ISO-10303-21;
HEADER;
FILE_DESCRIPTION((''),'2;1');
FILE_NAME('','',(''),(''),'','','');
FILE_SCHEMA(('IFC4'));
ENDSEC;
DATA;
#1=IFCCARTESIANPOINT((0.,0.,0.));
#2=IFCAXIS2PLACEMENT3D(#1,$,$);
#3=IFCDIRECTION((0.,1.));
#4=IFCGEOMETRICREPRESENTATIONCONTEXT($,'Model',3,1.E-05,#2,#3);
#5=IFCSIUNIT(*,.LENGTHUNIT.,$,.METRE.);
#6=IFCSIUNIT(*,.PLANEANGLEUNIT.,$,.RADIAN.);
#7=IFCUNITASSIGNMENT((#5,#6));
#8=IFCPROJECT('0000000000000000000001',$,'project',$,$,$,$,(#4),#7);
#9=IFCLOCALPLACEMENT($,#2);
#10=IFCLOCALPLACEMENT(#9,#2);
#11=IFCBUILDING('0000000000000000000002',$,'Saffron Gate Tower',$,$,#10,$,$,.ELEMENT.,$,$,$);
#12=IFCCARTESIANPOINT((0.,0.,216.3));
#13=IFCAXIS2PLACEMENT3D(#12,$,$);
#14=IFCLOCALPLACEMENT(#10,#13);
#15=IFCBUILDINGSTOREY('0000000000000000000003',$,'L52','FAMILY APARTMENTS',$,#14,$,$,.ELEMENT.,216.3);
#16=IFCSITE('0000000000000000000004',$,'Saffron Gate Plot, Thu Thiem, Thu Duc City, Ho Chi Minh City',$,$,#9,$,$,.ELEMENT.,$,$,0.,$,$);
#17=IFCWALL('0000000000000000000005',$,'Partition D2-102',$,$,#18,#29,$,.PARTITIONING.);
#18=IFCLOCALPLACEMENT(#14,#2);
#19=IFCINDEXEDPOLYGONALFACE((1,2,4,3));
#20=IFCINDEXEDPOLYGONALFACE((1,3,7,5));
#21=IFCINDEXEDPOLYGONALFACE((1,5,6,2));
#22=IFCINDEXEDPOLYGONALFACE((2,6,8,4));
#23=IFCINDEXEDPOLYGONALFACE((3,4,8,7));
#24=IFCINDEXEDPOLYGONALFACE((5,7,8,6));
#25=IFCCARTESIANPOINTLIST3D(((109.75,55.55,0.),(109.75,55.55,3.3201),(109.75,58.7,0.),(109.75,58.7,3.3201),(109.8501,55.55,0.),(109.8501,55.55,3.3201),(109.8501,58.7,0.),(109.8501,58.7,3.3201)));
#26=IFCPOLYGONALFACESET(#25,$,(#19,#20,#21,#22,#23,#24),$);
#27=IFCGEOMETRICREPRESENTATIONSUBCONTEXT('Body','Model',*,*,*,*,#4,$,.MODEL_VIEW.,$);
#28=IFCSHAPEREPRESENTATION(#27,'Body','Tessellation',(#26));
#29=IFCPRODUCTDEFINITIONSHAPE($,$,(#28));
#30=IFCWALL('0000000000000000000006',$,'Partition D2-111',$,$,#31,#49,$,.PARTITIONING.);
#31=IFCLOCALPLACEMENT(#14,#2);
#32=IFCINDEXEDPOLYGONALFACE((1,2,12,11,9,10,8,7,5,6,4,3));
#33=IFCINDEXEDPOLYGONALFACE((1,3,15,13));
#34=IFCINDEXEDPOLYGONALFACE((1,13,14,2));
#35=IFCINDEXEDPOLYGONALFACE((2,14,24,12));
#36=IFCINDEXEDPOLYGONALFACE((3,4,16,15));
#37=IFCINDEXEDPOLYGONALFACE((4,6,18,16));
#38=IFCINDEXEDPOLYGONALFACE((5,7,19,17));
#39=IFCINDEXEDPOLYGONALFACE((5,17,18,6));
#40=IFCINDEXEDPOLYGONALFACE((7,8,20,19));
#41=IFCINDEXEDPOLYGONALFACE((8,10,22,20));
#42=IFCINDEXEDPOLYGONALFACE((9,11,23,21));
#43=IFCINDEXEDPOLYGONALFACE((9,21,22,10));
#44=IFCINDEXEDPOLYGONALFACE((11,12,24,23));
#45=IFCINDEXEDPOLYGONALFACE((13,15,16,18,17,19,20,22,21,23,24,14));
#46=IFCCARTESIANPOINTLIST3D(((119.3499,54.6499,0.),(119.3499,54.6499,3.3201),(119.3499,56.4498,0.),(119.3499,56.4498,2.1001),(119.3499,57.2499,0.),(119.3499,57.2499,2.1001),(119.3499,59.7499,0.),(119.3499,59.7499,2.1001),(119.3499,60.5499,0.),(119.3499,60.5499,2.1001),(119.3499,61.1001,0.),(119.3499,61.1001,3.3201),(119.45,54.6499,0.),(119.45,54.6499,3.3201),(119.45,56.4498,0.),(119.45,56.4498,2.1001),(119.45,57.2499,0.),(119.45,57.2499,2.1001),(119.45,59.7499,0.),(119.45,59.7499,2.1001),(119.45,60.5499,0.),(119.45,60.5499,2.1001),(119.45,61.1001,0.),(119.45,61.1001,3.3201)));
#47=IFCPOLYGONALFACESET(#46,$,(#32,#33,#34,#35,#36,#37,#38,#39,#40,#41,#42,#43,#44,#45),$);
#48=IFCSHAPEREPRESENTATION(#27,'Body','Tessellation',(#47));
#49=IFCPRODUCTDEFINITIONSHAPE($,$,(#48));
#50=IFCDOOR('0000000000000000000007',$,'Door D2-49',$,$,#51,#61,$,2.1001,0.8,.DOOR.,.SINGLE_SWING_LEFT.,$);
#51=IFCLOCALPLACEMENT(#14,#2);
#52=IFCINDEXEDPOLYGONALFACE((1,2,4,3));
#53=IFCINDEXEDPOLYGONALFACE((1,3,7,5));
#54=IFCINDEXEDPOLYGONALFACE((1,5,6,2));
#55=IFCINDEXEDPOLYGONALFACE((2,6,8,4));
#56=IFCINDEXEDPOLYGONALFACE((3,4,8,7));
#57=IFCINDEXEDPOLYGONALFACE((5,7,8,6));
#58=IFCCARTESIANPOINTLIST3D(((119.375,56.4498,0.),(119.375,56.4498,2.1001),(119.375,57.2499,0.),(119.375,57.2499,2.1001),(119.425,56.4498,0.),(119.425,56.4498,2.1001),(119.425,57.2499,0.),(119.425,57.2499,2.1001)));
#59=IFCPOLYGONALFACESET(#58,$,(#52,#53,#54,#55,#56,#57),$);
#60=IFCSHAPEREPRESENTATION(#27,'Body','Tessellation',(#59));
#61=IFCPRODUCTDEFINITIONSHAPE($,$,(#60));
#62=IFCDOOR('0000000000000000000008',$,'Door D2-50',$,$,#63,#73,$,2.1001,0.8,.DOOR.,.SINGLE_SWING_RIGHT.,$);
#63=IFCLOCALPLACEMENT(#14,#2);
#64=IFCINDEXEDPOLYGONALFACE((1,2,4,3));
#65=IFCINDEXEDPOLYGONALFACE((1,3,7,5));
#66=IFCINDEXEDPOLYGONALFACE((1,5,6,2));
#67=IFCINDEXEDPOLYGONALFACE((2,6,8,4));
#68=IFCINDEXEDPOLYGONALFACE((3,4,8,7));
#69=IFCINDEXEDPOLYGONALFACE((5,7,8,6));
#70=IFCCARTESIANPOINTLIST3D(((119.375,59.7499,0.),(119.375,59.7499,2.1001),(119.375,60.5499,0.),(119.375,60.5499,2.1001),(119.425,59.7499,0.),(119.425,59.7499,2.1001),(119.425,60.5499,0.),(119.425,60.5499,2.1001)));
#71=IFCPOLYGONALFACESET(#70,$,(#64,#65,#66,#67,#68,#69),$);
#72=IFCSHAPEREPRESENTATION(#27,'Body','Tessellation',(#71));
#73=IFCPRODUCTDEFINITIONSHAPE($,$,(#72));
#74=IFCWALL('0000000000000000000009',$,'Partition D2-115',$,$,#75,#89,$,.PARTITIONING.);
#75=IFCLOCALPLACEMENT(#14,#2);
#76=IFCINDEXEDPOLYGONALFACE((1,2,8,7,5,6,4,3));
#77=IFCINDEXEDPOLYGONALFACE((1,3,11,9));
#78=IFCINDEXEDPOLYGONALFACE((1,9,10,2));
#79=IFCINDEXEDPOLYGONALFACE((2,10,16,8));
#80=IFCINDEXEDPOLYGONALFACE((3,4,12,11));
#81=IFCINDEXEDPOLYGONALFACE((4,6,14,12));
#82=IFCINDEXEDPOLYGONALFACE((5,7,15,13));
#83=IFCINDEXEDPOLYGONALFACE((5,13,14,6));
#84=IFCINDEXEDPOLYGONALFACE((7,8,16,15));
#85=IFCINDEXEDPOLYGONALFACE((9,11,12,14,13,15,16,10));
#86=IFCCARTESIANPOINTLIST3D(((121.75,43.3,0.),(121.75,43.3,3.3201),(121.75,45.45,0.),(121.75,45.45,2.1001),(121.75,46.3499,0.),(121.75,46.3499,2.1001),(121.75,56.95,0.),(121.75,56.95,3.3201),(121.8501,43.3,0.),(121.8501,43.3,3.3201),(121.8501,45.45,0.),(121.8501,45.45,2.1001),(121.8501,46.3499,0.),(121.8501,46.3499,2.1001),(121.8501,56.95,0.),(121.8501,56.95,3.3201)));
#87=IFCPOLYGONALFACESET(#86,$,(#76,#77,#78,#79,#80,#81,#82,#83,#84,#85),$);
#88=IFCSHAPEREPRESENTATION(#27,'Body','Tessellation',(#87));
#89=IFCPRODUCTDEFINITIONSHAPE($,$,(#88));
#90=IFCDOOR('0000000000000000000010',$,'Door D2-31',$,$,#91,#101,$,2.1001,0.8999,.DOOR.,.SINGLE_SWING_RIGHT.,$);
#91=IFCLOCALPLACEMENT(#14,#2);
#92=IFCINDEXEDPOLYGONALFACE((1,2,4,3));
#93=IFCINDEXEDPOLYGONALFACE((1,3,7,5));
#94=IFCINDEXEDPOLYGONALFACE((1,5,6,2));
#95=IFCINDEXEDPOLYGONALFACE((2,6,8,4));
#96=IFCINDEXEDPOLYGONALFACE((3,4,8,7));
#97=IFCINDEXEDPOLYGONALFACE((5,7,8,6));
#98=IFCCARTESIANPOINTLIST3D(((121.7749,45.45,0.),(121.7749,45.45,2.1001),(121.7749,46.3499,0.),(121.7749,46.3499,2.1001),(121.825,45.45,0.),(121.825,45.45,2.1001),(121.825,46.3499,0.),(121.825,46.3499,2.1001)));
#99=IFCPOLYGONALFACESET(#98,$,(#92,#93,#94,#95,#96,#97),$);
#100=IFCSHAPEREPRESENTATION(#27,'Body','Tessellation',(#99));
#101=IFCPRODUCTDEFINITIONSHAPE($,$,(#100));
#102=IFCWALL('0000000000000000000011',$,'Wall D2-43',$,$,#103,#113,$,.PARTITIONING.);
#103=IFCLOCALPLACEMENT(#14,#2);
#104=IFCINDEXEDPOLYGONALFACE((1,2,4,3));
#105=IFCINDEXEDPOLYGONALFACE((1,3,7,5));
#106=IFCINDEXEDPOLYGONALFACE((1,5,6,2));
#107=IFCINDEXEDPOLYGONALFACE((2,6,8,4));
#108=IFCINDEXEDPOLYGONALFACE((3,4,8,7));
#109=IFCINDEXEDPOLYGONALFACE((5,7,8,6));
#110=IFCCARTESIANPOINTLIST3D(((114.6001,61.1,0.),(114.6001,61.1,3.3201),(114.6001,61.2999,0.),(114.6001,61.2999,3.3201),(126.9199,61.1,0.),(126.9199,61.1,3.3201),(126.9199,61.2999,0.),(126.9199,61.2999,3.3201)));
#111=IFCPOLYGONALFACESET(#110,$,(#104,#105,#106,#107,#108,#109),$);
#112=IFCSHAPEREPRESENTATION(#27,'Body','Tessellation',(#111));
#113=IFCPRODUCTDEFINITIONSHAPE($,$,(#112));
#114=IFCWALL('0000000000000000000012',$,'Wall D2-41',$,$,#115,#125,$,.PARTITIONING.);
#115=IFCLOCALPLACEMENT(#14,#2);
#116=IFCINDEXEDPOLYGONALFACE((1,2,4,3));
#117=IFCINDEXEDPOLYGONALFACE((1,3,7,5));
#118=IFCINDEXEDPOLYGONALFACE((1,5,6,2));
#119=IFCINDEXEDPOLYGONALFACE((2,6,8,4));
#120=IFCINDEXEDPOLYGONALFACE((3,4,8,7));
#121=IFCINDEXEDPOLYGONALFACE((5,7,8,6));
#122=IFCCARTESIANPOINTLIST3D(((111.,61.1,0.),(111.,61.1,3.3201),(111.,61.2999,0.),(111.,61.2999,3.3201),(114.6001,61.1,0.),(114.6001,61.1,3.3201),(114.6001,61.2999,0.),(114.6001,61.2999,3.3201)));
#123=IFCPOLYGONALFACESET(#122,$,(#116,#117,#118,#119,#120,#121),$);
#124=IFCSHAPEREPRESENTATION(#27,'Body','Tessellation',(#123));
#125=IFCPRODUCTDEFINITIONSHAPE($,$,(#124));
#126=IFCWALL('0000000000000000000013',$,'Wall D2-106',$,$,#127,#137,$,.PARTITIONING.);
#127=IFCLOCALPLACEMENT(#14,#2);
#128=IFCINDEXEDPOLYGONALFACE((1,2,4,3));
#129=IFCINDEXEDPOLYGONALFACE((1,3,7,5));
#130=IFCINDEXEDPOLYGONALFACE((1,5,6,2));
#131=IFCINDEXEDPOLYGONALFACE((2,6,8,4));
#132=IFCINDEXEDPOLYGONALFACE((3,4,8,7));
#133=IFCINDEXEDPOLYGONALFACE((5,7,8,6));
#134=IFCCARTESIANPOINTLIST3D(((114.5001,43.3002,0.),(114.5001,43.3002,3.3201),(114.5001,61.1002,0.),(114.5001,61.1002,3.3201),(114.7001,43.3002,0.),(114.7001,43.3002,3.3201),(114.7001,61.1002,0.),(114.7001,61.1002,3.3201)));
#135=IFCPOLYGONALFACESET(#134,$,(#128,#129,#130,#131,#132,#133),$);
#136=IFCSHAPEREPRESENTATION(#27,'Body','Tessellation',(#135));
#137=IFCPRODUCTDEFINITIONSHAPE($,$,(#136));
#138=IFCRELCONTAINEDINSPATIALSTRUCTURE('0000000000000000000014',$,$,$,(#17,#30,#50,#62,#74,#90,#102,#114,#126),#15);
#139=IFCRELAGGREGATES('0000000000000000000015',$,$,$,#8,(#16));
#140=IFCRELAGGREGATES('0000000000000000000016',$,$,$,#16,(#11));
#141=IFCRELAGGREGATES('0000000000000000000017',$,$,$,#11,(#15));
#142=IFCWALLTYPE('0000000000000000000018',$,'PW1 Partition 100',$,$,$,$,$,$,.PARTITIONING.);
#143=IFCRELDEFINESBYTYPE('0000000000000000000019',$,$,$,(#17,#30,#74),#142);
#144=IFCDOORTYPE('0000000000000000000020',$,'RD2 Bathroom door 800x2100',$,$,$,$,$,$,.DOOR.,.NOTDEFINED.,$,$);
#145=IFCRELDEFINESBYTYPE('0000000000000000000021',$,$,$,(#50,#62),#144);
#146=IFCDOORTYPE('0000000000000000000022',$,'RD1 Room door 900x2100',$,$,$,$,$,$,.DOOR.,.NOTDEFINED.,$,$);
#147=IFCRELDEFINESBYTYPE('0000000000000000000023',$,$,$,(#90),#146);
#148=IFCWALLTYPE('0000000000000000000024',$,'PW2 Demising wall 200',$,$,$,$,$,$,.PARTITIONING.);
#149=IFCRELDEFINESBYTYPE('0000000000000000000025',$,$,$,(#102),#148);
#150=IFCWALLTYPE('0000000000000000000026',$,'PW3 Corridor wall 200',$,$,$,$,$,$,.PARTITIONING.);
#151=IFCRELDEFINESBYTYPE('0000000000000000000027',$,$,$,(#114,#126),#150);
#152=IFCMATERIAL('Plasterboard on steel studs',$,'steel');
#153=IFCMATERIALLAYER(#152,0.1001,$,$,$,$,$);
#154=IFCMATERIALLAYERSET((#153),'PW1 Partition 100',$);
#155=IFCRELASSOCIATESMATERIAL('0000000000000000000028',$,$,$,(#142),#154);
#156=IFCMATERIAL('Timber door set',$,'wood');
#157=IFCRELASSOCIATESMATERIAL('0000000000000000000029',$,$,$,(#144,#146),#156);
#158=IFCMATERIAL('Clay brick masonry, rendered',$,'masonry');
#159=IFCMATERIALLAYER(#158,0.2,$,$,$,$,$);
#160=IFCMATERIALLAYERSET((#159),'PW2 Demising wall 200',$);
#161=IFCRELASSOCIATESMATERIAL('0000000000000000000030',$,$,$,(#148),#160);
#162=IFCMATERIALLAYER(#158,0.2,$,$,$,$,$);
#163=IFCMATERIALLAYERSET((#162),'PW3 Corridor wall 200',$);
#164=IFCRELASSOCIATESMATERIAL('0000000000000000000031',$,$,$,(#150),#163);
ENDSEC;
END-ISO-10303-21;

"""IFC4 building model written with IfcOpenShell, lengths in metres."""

from ifc_helpers import new_model, si_unit, direction, frame, frame_2d, origin, place, context, subcontext, project, spatial, rectangle, extrude, material, layer, layer_set, type_object, element, fill, save


model = new_model("IFC4")

# Units and contexts
model_context = context("Model", 3, precision=1e-05, world=origin(), true_north=direction((0.0, 1.0)))
body_context = subcontext(model_context, "Body", "Model", "MODEL_VIEW")
ifc_project = project(units=[si_unit("LENGTHUNIT", "METRE"), si_unit("PLANEANGLEUNIT", "RADIAN")], contexts=[model_context])

# Site, building, storey
site_placement = place(None, origin())
site = spatial("IfcSite", under=ifc_project, at=site_placement, Name="Saffron Gate Plot, Thu Thiem, Thu Duc City, Ho Chi Minh City", CompositionType="ELEMENT", RefElevation=0.0)
building_placement = place(site_placement, origin())
building = spatial("IfcBuilding", under=site, at=building_placement, Name="Saffron Gate Tower", CompositionType="ELEMENT")
storey_placement = place(building_placement, frame((0.0, 0.0, 216.3)))
storey = spatial("IfcBuildingStorey", under=building, at=storey_placement, Name="L52", Description="FAMILY APARTMENTS", CompositionType="ELEMENT", Elevation=216.3)

# Shared definitions
ifc_material_1 = material(Name="Plasterboard on steel studs", Category="steel")
ifc_layer_1 = layer(ifc_material_1, 0.1001)
ifc_layer_set_1 = layer_set([ifc_layer_1], Name="PW1 Partition 100")
wall_type_1 = type_object("IfcWallType", Name="PW1 Partition 100", PredefinedType="PARTITIONING", material=ifc_layer_set_1)
ifc_material_2 = material(Name="Timber door set", Category="wood")
door_type_1 = type_object("IfcDoorType", Name="RD2 Bathroom door 800x2100", OperationType="NOTDEFINED", PredefinedType="DOOR", material=ifc_material_2)
door_type_2 = type_object("IfcDoorType", Name="RD1 Room door 900x2100", OperationType="NOTDEFINED", PredefinedType="DOOR", material=ifc_material_2)

# Wall
wall_1_placement = place(storey_placement, frame((109.8, 58.7, 0.0), z_axis=(0.0, 0.0, 1.0), x_axis=(0.0, -1.0, 0.0)))
element("IfcWall", 1, at=wall_1_placement, inside=storey, type_object=wall_type_1, Name="Partition D2-102", PredefinedType="PARTITIONING", context=body_context, shape_type="SweptSolid", body=[
    extrude(rectangle(XDim=3.1499, YDim=0.1001, at=frame_2d((1.575, 0.0))), origin(), (0.0, 0.0, 1.0), 3.3201),
])

# Wall, openings, doors
wall_2_placement = place(storey_placement, frame((119.3999, 54.6499, 0.0), z_axis=(0.0, 0.0, 1.0), x_axis=(0.0, 1.0, 0.0)))
wall_2 = element("IfcWall", 2, at=wall_2_placement, inside=storey, type_object=wall_type_1, Name="Partition D2-111", PredefinedType="PARTITIONING", context=body_context, shape_type="SweptSolid", body=[
    extrude(rectangle(XDim=6.4502, YDim=0.1001, at=frame_2d((3.2251, 0.0))), origin(), (0.0, 0.0, 1.0), 3.3201),
])
opening_1_placement = place(wall_2_placement, frame((1.8, 0.0, 0.0)))
opening_1 = element("IfcOpeningElement", 3, at=opening_1_placement, cuts=wall_2, PredefinedType="OPENING", context=body_context, shape_type="SweptSolid", body=[
    extrude(rectangle(XDim=0.8, YDim=2.1001, at=frame_2d((0.3999, 1.05))), frame((0.0, 0.0601, 0.0), z_axis=(0.0, -1.0, 0.0), x_axis=(1.0, 0.0, 0.0)), (0.0, 0.0, 1.0), 0.1201),
])
opening_2_placement = place(wall_2_placement, frame((5.1001, 0.0, 0.0)))
opening_2 = element("IfcOpeningElement", 4, at=opening_2_placement, cuts=wall_2, PredefinedType="OPENING", context=body_context, shape_type="SweptSolid", body=[
    extrude(rectangle(XDim=0.8, YDim=2.1001, at=frame_2d((0.3999, 1.05))), frame((0.0, 0.0601, 0.0), z_axis=(0.0, -1.0, 0.0), x_axis=(1.0, 0.0, 0.0)), (0.0, 0.0, 1.0), 0.1201),
])
door_1_placement = place(opening_1_placement, origin())
door_1 = element("IfcDoor", 5, at=door_1_placement, inside=storey, type_object=door_type_1, Name="Door D2-49", OperationType="SINGLE_SWING_LEFT", OverallHeight=2.1001, OverallWidth=0.8, PredefinedType="DOOR", context=body_context, shape_type="SweptSolid", body=[
    extrude(rectangle(XDim=0.8, YDim=2.1001, at=frame_2d((0.3999, 1.05))), frame((0.0, 0.0249, 0.0), z_axis=(0.0, -1.0, 0.0), x_axis=(1.0, 0.0, 0.0)), (0.0, 0.0, 1.0), 0.05),
])
fill(opening_1, door_1)
door_2_placement = place(opening_2_placement, origin())
door_2 = element("IfcDoor", 6, at=door_2_placement, inside=storey, type_object=door_type_1, Name="Door D2-50", OperationType="SINGLE_SWING_RIGHT", OverallHeight=2.1001, OverallWidth=0.8, PredefinedType="DOOR", context=body_context, shape_type="SweptSolid", body=[
    extrude(rectangle(XDim=0.8, YDim=2.1001, at=frame_2d((0.3999, 1.05))), frame((0.0, 0.0249, 0.0), z_axis=(0.0, -1.0, 0.0), x_axis=(1.0, 0.0, 0.0)), (0.0, 0.0, 1.0), 0.05),
])
fill(opening_2, door_2)

# Wall, opening, door
wall_3_placement = place(storey_placement, frame((121.8, 56.95, 0.0), z_axis=(0.0, 0.0, 1.0), x_axis=(0.0, -1.0, 0.0)))
wall_3 = element("IfcWall", 7, at=wall_3_placement, inside=storey, type_object=wall_type_1, Name="Partition D2-115", PredefinedType="PARTITIONING", context=body_context, shape_type="SweptSolid", body=[
    extrude(rectangle(XDim=13.6499, YDim=0.1001, at=frame_2d((6.825, 0.0))), origin(), (0.0, 0.0, 1.0), 3.3201),
])
opening_3_placement = place(wall_3_placement, frame((10.6001, 0.0, 0.0)))
opening_3 = element("IfcOpeningElement", 8, at=opening_3_placement, cuts=wall_3, PredefinedType="OPENING", context=body_context, shape_type="SweptSolid", body=[
    extrude(rectangle(XDim=0.8999, YDim=2.1001, at=frame_2d((0.45, 1.05))), frame((0.0, 0.0601, 0.0), z_axis=(0.0, -1.0, 0.0), x_axis=(1.0, 0.0, 0.0)), (0.0, 0.0, 1.0), 0.1201),
])
door_3_placement = place(opening_3_placement, origin())
door_3 = element("IfcDoor", 9, at=door_3_placement, inside=storey, type_object=door_type_2, Name="Door D2-31", OperationType="SINGLE_SWING_RIGHT", OverallHeight=2.1001, OverallWidth=0.8999, PredefinedType="DOOR", context=body_context, shape_type="SweptSolid", body=[
    extrude(rectangle(XDim=0.8999, YDim=2.1001, at=frame_2d((0.45, 1.05))), frame((0.0, 0.0249, 0.0), z_axis=(0.0, -1.0, 0.0), x_axis=(1.0, 0.0, 0.0)), (0.0, 0.0, 1.0), 0.05),
])
fill(opening_3, door_3)

# Walls
ifc_material_3 = material(Name="Clay brick masonry, rendered", Category="masonry")
ifc_layer_2 = layer(ifc_material_3, 0.2)
ifc_layer_set_2 = layer_set([ifc_layer_2], Name="PW2 Demising wall 200")
wall_type_2 = type_object("IfcWallType", Name="PW2 Demising wall 200", PredefinedType="PARTITIONING", material=ifc_layer_set_2)
wall_4_placement = place(storey_placement, frame((114.6001, 61.2, 0.0), z_axis=(0.0, 0.0, 1.0), x_axis=(1.0, 0.0, 0.0)))
element("IfcWall", 10, at=wall_4_placement, inside=storey, type_object=wall_type_2, Name="Wall D2-43", PredefinedType="PARTITIONING", context=body_context, shape_type="SweptSolid", body=[
    extrude(rectangle(XDim=12.3198, YDim=0.2, at=frame_2d((6.1599, 0.0))), origin(), (0.0, 0.0, 1.0), 3.3201),
])
ifc_layer_3 = layer(ifc_material_3, 0.2)
ifc_layer_set_3 = layer_set([ifc_layer_3], Name="PW3 Corridor wall 200")
wall_type_3 = type_object("IfcWallType", Name="PW3 Corridor wall 200", PredefinedType="PARTITIONING", material=ifc_layer_set_3)
wall_5_placement = place(storey_placement, frame((111.0, 61.2, 0.0), z_axis=(0.0, 0.0, 1.0), x_axis=(1.0, 0.0, 0.0)))
element("IfcWall", 11, at=wall_5_placement, inside=storey, type_object=wall_type_3, Name="Wall D2-41", PredefinedType="PARTITIONING", context=body_context, shape_type="SweptSolid", body=[
    extrude(rectangle(XDim=3.6001, YDim=0.2, at=frame_2d((1.8, 0.0))), origin(), (0.0, 0.0, 1.0), 3.3201),
])
wall_6_placement = place(storey_placement, frame((114.6001, 61.1001, 0.0), z_axis=(0.0, 0.0, 1.0), x_axis=(0.0, -1.0, 0.0)))
element("IfcWall", 12, at=wall_6_placement, inside=storey, type_object=wall_type_3, Name="Wall D2-106", PredefinedType="PARTITIONING", context=body_context, shape_type="SweptSolid", body=[
    extrude(rectangle(XDim=17.8, YDim=0.2, at=frame_2d((8.8999, 0.0))), origin(), (0.0, 0.0, 1.0), 3.3201),
])

save(model, "model.ifc")
